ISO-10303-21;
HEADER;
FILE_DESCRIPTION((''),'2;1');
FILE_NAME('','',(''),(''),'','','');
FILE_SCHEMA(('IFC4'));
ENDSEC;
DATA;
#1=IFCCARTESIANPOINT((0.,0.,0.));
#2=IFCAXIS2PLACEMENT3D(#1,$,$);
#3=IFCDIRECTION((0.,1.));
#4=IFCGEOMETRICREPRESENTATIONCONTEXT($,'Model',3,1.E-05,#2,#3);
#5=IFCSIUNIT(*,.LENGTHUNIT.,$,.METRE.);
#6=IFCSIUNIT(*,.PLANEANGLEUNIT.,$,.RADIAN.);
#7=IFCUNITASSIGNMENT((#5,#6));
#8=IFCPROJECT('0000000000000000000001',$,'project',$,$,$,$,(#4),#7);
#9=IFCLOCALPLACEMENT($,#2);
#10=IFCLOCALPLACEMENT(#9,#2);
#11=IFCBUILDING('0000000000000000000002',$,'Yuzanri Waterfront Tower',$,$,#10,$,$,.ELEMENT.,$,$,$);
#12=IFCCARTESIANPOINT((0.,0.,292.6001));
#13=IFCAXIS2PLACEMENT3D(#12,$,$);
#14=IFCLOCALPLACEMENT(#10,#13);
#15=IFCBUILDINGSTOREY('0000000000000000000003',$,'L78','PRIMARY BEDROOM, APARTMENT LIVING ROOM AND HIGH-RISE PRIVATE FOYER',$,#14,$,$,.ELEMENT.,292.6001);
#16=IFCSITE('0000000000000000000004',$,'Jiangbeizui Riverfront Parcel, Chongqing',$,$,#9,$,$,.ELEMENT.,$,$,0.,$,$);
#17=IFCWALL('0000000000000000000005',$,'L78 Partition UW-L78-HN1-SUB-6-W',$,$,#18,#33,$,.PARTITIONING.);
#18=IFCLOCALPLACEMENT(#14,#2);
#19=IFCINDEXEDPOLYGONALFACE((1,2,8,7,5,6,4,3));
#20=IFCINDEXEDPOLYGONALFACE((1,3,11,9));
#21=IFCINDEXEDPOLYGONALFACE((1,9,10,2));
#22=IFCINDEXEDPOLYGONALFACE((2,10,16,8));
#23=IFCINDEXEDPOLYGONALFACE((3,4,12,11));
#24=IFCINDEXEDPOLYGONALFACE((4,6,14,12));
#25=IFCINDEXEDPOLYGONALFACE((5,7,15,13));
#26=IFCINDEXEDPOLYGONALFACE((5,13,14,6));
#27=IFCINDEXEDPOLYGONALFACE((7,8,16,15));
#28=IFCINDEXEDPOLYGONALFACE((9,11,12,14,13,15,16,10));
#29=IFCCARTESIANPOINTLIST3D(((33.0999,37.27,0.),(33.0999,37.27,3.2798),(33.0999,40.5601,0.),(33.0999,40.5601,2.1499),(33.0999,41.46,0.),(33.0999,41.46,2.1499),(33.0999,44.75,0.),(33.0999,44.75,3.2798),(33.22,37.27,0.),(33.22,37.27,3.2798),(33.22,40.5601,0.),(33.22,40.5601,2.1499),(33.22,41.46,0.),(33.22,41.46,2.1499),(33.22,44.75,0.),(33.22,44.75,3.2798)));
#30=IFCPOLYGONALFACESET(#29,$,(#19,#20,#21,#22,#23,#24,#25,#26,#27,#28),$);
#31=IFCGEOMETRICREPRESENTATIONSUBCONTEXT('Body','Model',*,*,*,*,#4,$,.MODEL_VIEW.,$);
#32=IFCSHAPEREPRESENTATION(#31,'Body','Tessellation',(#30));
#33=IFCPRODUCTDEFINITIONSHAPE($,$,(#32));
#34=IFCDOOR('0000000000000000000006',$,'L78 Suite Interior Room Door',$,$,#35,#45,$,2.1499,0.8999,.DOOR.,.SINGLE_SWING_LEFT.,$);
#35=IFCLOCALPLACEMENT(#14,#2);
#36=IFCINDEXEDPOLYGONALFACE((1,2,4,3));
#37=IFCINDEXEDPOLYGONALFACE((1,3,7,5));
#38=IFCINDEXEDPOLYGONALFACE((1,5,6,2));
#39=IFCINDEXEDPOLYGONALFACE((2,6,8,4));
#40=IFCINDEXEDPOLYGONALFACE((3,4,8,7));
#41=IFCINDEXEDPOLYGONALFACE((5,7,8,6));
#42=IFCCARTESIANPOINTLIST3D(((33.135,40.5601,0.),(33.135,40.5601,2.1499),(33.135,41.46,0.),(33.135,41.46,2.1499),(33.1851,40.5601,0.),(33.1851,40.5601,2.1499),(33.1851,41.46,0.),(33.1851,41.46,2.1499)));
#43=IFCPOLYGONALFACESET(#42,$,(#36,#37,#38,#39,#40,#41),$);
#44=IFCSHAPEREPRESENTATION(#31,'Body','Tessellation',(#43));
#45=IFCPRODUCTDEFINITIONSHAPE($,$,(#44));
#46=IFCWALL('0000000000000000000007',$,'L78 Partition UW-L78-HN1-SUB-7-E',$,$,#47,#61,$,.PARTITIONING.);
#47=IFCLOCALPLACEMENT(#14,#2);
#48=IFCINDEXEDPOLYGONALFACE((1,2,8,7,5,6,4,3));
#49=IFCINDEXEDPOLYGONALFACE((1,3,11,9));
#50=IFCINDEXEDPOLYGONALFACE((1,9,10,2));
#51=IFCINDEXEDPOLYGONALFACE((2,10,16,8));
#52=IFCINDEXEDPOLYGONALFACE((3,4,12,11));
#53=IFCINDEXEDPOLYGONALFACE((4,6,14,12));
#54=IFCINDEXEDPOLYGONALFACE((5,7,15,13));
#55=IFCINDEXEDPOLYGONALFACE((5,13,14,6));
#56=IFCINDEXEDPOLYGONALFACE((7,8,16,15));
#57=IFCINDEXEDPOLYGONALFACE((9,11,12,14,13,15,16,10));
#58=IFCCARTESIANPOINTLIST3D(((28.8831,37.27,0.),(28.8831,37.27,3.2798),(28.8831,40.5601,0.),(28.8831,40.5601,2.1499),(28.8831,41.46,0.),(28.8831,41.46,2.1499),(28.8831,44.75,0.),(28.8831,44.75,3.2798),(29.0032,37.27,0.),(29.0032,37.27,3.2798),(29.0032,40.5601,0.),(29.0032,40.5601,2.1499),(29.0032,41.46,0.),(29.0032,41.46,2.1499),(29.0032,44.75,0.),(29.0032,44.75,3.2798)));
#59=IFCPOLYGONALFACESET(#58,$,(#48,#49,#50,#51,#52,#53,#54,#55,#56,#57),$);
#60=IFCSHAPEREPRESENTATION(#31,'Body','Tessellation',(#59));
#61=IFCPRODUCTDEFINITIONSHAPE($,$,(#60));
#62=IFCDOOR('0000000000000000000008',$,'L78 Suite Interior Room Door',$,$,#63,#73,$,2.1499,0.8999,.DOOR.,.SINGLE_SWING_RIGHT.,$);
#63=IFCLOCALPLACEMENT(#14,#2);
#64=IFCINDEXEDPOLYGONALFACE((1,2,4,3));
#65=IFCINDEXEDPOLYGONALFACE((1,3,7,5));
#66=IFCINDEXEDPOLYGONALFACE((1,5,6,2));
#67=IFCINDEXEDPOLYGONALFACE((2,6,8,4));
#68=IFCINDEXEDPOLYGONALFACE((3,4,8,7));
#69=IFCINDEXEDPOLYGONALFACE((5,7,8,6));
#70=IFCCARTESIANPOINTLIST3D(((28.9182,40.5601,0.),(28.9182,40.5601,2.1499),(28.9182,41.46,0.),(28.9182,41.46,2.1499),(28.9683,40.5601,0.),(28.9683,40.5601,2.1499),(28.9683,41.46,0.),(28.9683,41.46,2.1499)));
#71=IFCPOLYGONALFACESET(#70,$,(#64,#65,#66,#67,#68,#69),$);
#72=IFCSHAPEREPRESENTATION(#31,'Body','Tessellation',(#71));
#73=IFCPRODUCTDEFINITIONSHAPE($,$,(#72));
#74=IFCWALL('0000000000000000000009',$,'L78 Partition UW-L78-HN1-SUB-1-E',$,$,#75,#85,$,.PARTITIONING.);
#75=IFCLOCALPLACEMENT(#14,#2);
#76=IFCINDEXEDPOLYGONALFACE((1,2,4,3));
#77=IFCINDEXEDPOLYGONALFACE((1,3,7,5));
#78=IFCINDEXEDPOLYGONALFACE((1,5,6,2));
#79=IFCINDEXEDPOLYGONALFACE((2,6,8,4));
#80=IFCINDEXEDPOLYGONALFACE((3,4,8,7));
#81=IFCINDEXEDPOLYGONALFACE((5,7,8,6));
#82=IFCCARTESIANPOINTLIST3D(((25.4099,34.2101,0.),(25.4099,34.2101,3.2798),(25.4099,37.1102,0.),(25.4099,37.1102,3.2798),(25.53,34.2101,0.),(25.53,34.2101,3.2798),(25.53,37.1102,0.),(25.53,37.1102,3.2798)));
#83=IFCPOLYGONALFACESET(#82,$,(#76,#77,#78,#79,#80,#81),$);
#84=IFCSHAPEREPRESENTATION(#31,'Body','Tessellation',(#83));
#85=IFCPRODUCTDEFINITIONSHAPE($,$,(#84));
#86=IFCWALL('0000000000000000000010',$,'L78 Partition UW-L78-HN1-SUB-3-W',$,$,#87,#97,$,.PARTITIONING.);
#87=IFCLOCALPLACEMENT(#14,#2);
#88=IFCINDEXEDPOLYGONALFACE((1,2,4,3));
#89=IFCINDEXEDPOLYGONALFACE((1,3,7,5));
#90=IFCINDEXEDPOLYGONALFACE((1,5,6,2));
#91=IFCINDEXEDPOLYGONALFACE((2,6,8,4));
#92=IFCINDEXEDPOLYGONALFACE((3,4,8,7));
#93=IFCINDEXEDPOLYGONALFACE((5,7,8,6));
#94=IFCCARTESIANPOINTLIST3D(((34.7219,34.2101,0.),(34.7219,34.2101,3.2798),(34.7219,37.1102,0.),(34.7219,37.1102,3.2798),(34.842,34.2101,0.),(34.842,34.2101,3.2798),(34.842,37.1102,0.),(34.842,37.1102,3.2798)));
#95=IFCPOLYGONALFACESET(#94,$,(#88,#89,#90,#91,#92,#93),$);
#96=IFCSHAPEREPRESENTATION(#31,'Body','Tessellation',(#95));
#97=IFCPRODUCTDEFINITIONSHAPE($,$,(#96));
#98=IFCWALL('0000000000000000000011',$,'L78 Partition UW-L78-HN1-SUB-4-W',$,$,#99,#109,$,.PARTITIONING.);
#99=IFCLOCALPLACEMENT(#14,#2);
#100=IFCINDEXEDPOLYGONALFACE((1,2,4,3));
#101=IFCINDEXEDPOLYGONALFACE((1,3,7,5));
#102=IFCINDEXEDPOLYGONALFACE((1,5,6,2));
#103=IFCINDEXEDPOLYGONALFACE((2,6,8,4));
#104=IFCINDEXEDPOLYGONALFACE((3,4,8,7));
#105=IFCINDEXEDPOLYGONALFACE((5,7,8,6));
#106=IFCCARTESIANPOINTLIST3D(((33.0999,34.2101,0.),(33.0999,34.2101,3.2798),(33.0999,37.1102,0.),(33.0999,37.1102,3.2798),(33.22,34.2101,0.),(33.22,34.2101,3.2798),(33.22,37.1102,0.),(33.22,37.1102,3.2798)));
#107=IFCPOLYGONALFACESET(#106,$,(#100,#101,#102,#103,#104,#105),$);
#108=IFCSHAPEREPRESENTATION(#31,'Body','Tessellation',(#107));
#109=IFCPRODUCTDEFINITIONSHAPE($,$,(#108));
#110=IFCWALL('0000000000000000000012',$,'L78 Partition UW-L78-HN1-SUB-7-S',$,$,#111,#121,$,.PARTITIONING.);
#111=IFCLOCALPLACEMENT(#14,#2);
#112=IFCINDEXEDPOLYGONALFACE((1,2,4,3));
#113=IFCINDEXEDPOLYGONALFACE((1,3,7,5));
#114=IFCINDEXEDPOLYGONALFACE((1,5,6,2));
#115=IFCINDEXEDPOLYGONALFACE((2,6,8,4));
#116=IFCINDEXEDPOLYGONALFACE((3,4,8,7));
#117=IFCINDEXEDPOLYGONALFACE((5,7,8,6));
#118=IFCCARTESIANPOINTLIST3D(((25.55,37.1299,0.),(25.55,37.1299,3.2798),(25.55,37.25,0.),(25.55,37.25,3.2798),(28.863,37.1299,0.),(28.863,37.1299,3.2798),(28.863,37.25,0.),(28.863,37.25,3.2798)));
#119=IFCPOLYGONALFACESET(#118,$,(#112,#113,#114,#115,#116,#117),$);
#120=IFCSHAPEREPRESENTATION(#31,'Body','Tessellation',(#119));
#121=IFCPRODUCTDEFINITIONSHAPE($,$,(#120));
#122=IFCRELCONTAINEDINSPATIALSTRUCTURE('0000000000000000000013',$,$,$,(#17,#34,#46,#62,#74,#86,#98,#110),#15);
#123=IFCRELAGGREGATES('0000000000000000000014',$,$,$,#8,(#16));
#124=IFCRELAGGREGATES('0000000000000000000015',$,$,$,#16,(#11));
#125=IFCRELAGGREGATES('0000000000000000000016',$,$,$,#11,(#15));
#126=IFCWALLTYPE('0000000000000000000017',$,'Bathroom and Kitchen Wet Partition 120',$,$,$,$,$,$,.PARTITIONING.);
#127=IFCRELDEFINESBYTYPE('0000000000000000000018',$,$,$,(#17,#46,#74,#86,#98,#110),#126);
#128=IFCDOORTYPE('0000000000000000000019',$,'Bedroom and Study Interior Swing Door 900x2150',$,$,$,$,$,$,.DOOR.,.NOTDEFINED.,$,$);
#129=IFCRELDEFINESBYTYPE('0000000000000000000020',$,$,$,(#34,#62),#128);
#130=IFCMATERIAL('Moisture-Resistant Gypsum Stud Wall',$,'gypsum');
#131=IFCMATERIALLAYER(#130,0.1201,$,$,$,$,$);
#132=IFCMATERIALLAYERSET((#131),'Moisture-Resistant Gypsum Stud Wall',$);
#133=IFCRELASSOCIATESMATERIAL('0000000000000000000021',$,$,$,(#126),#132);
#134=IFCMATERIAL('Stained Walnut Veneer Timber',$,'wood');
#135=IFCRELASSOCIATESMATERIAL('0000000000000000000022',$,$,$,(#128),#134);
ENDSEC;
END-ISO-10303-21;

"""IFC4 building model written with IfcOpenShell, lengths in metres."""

from ifc_helpers import new_model, si_unit, direction, frame, frame_2d, origin, place, context, subcontext, project, spatial, rectangle, extrude, source, transform, mapped, material, layer, layer_set, type_object, element, fill, save


model = new_model("IFC4")

# Units and contexts
model_context = context("Model", 3, precision=1e-05, world=origin(), true_north=direction((0.0, 1.0)))
body_context = subcontext(model_context, "Body", "Model", "MODEL_VIEW")
ifc_project = project(units=[si_unit("LENGTHUNIT", "METRE"), si_unit("PLANEANGLEUNIT", "RADIAN")], contexts=[model_context])

# Site, building, storey
site_placement = place(None, origin())
site = spatial("IfcSite", under=ifc_project, at=site_placement, Name="Jiangbeizui Riverfront Parcel, Chongqing", CompositionType="ELEMENT", RefElevation=0.0)
building_placement = place(site_placement, origin())
building = spatial("IfcBuilding", under=site, at=building_placement, Name="Yuzanri Waterfront Tower", CompositionType="ELEMENT")
storey_placement = place(building_placement, frame((0.0, 0.0, 292.6001)))
storey = spatial("IfcBuildingStorey", under=building, at=storey_placement, Name="L78", Description="PRIMARY BEDROOM, APARTMENT LIVING ROOM AND HIGH-RISE PRIVATE FOYER", CompositionType="ELEMENT", Elevation=292.6001)

# Shared definitions
ifc_material_1 = material(Name="Moisture-Resistant Gypsum Stud Wall", Category="gypsum")
ifc_layer_1 = layer(ifc_material_1, 0.1201)
ifc_layer_set_1 = layer_set([ifc_layer_1], Name="Moisture-Resistant Gypsum Stud Wall")
wall_type = type_object("IfcWallType", Name="Bathroom and Kitchen Wet Partition 120", PredefinedType="PARTITIONING", material=ifc_layer_set_1)
ifc_material_2 = material(Name="Stained Walnut Veneer Timber", Category="wood")
door_type_1 = type_object("IfcDoorType", Name="Bedroom and Study Interior Swing Door 900x2150", OperationType="NOTDEFINED", PredefinedType="DOOR", material=ifc_material_2)
shared_shape_1 = source(origin(), body_context, "Body", "SweptSolid", [
    extrude(rectangle(XDim=0.8999, YDim=2.1499, at=frame_2d((0.45, 1.075))), frame((0.0, 0.0249, 0.0), z_axis=(0.0, -1.0, 0.0), x_axis=(1.0, 0.0, 0.0)), (0.0, 0.0, 1.0), 0.05),
])

# Walls, openings, doors
wall_1_placement = place(storey_placement, frame((33.1599, 37.27, 0.0), z_axis=(0.0, 0.0, 1.0), x_axis=(0.0, 1.0, 0.0)))
wall_1 = element("IfcWall", 1, at=wall_1_placement, inside=storey, type_object=wall_type, Name="L78 Partition UW-L78-HN1-SUB-6-W", PredefinedType="PARTITIONING", context=body_context, shape_type="SweptSolid", body=[
    extrude(rectangle(XDim=7.48, YDim=0.1201, at=frame_2d((3.74, 0.0))), origin(), (0.0, 0.0, 1.0), 3.2798),
])
opening_1_placement = place(wall_1_placement, frame((3.29, 0.0, 0.0)))
opening_1 = element("IfcOpeningElement", 2, at=opening_1_placement, cuts=wall_1, PredefinedType="OPENING", context=body_context, shape_type="SweptSolid", body=[
    extrude(rectangle(XDim=0.8999, YDim=2.1499, at=frame_2d((0.45, 1.075))), frame((0.0, 0.075, 0.0), z_axis=(0.0, -1.0, 0.0), x_axis=(1.0, 0.0, 0.0)), (0.0, 0.0, 1.0), 0.1499),
])
door_1_placement = place(opening_1_placement, origin())
door_1 = element("IfcDoor", 3, at=door_1_placement, inside=storey, type_object=door_type_1, Name="L78 Suite Interior Room Door", OperationType="SINGLE_SWING_LEFT", OverallHeight=2.1499, OverallWidth=0.8999, PredefinedType="DOOR", context=body_context, shape_type="MappedRepresentation", body=[
    mapped(shared_shape_1, transform((0.0, 0.0, 0.0), scale=1.0)),
])
fill(opening_1, door_1)
wall_2_placement = place(storey_placement, frame((28.9431, 37.27, 0.0), z_axis=(0.0, 0.0, 1.0), x_axis=(0.0, 1.0, 0.0)))
wall_2 = element("IfcWall", 4, at=wall_2_placement, inside=storey, type_object=wall_type, Name="L78 Partition UW-L78-HN1-SUB-7-E", PredefinedType="PARTITIONING", context=body_context, shape_type="SweptSolid", body=[
    extrude(rectangle(XDim=7.48, YDim=0.1201, at=frame_2d((3.74, 0.0))), origin(), (0.0, 0.0, 1.0), 3.2798),
])
opening_2_placement = place(wall_2_placement, frame((3.29, 0.0, 0.0)))
opening_2 = element("IfcOpeningElement", 5, at=opening_2_placement, cuts=wall_2, PredefinedType="OPENING", context=body_context, shape_type="SweptSolid", body=[
    extrude(rectangle(XDim=0.8999, YDim=2.1499, at=frame_2d((0.45, 1.075))), frame((0.0, 0.075, 0.0), z_axis=(0.0, -1.0, 0.0), x_axis=(1.0, 0.0, 0.0)), (0.0, 0.0, 1.0), 0.1499),
])
door_2_placement = place(opening_2_placement, origin())
door_2 = element("IfcDoor", 6, at=door_2_placement, inside=storey, type_object=door_type_1, Name="L78 Suite Interior Room Door", OperationType="SINGLE_SWING_RIGHT", OverallHeight=2.1499, OverallWidth=0.8999, PredefinedType="DOOR", context=body_context, shape_type="MappedRepresentation", body=[
    mapped(shared_shape_1, transform((0.0, 0.0, 0.0), scale=1.0)),
])
fill(opening_2, door_2)

# Walls
shared_shape_2 = source(origin(), body_context, "Body", "SweptSolid", [
    extrude(rectangle(XDim=2.9001, YDim=0.1201, at=frame_2d((1.4502, 0.0))), origin(), (0.0, 0.0, 1.0), 3.2798),
])
for number, where, z_axis, x_axis, name in (
    (7, (25.47, 34.21, 0.0), (0.0, 0.0, 1.0), (0.0, 1.0, 0.0), "L78 Partition UW-L78-HN1-SUB-1-E"),
    (8, (34.782, 34.21, 0.0), (0.0, 0.0, 1.0), (0.0, 1.0, 0.0), "L78 Partition UW-L78-HN1-SUB-3-W"),
    (9, (33.1599, 34.21, 0.0), (0.0, 0.0, 1.0), (0.0, 1.0, 0.0), "L78 Partition UW-L78-HN1-SUB-4-W"),
):
    element("IfcWall", number, at=place(storey_placement, frame(where, z_axis=z_axis, x_axis=x_axis)), inside=storey, type_object=wall_type, Name=name, PredefinedType="PARTITIONING", context=body_context, shape_type="MappedRepresentation", body=[
        mapped(shared_shape_2, transform((0.0, 0.0, 0.0), scale=1.0)),
    ])
shared_shape_3 = source(origin(), body_context, "Body", "SweptSolid", [
    extrude(rectangle(XDim=3.313, YDim=0.1201, at=frame_2d((1.6565, 0.0))), origin(), (0.0, 0.0, 1.0), 3.2798),
])
wall_3_placement = place(storey_placement, frame((25.55, 37.1899, 0.0), z_axis=(0.0, 0.0, 1.0), x_axis=(1.0, 0.0, 0.0)))
element("IfcWall", 10, at=wall_3_placement, inside=storey, type_object=wall_type, Name="L78 Partition UW-L78-HN1-SUB-7-S", PredefinedType="PARTITIONING", context=body_context, shape_type="MappedRepresentation", body=[
    mapped(shared_shape_3, transform((0.0, 0.0, 0.0), scale=1.0)),
])

save(model, "model.ifc")
